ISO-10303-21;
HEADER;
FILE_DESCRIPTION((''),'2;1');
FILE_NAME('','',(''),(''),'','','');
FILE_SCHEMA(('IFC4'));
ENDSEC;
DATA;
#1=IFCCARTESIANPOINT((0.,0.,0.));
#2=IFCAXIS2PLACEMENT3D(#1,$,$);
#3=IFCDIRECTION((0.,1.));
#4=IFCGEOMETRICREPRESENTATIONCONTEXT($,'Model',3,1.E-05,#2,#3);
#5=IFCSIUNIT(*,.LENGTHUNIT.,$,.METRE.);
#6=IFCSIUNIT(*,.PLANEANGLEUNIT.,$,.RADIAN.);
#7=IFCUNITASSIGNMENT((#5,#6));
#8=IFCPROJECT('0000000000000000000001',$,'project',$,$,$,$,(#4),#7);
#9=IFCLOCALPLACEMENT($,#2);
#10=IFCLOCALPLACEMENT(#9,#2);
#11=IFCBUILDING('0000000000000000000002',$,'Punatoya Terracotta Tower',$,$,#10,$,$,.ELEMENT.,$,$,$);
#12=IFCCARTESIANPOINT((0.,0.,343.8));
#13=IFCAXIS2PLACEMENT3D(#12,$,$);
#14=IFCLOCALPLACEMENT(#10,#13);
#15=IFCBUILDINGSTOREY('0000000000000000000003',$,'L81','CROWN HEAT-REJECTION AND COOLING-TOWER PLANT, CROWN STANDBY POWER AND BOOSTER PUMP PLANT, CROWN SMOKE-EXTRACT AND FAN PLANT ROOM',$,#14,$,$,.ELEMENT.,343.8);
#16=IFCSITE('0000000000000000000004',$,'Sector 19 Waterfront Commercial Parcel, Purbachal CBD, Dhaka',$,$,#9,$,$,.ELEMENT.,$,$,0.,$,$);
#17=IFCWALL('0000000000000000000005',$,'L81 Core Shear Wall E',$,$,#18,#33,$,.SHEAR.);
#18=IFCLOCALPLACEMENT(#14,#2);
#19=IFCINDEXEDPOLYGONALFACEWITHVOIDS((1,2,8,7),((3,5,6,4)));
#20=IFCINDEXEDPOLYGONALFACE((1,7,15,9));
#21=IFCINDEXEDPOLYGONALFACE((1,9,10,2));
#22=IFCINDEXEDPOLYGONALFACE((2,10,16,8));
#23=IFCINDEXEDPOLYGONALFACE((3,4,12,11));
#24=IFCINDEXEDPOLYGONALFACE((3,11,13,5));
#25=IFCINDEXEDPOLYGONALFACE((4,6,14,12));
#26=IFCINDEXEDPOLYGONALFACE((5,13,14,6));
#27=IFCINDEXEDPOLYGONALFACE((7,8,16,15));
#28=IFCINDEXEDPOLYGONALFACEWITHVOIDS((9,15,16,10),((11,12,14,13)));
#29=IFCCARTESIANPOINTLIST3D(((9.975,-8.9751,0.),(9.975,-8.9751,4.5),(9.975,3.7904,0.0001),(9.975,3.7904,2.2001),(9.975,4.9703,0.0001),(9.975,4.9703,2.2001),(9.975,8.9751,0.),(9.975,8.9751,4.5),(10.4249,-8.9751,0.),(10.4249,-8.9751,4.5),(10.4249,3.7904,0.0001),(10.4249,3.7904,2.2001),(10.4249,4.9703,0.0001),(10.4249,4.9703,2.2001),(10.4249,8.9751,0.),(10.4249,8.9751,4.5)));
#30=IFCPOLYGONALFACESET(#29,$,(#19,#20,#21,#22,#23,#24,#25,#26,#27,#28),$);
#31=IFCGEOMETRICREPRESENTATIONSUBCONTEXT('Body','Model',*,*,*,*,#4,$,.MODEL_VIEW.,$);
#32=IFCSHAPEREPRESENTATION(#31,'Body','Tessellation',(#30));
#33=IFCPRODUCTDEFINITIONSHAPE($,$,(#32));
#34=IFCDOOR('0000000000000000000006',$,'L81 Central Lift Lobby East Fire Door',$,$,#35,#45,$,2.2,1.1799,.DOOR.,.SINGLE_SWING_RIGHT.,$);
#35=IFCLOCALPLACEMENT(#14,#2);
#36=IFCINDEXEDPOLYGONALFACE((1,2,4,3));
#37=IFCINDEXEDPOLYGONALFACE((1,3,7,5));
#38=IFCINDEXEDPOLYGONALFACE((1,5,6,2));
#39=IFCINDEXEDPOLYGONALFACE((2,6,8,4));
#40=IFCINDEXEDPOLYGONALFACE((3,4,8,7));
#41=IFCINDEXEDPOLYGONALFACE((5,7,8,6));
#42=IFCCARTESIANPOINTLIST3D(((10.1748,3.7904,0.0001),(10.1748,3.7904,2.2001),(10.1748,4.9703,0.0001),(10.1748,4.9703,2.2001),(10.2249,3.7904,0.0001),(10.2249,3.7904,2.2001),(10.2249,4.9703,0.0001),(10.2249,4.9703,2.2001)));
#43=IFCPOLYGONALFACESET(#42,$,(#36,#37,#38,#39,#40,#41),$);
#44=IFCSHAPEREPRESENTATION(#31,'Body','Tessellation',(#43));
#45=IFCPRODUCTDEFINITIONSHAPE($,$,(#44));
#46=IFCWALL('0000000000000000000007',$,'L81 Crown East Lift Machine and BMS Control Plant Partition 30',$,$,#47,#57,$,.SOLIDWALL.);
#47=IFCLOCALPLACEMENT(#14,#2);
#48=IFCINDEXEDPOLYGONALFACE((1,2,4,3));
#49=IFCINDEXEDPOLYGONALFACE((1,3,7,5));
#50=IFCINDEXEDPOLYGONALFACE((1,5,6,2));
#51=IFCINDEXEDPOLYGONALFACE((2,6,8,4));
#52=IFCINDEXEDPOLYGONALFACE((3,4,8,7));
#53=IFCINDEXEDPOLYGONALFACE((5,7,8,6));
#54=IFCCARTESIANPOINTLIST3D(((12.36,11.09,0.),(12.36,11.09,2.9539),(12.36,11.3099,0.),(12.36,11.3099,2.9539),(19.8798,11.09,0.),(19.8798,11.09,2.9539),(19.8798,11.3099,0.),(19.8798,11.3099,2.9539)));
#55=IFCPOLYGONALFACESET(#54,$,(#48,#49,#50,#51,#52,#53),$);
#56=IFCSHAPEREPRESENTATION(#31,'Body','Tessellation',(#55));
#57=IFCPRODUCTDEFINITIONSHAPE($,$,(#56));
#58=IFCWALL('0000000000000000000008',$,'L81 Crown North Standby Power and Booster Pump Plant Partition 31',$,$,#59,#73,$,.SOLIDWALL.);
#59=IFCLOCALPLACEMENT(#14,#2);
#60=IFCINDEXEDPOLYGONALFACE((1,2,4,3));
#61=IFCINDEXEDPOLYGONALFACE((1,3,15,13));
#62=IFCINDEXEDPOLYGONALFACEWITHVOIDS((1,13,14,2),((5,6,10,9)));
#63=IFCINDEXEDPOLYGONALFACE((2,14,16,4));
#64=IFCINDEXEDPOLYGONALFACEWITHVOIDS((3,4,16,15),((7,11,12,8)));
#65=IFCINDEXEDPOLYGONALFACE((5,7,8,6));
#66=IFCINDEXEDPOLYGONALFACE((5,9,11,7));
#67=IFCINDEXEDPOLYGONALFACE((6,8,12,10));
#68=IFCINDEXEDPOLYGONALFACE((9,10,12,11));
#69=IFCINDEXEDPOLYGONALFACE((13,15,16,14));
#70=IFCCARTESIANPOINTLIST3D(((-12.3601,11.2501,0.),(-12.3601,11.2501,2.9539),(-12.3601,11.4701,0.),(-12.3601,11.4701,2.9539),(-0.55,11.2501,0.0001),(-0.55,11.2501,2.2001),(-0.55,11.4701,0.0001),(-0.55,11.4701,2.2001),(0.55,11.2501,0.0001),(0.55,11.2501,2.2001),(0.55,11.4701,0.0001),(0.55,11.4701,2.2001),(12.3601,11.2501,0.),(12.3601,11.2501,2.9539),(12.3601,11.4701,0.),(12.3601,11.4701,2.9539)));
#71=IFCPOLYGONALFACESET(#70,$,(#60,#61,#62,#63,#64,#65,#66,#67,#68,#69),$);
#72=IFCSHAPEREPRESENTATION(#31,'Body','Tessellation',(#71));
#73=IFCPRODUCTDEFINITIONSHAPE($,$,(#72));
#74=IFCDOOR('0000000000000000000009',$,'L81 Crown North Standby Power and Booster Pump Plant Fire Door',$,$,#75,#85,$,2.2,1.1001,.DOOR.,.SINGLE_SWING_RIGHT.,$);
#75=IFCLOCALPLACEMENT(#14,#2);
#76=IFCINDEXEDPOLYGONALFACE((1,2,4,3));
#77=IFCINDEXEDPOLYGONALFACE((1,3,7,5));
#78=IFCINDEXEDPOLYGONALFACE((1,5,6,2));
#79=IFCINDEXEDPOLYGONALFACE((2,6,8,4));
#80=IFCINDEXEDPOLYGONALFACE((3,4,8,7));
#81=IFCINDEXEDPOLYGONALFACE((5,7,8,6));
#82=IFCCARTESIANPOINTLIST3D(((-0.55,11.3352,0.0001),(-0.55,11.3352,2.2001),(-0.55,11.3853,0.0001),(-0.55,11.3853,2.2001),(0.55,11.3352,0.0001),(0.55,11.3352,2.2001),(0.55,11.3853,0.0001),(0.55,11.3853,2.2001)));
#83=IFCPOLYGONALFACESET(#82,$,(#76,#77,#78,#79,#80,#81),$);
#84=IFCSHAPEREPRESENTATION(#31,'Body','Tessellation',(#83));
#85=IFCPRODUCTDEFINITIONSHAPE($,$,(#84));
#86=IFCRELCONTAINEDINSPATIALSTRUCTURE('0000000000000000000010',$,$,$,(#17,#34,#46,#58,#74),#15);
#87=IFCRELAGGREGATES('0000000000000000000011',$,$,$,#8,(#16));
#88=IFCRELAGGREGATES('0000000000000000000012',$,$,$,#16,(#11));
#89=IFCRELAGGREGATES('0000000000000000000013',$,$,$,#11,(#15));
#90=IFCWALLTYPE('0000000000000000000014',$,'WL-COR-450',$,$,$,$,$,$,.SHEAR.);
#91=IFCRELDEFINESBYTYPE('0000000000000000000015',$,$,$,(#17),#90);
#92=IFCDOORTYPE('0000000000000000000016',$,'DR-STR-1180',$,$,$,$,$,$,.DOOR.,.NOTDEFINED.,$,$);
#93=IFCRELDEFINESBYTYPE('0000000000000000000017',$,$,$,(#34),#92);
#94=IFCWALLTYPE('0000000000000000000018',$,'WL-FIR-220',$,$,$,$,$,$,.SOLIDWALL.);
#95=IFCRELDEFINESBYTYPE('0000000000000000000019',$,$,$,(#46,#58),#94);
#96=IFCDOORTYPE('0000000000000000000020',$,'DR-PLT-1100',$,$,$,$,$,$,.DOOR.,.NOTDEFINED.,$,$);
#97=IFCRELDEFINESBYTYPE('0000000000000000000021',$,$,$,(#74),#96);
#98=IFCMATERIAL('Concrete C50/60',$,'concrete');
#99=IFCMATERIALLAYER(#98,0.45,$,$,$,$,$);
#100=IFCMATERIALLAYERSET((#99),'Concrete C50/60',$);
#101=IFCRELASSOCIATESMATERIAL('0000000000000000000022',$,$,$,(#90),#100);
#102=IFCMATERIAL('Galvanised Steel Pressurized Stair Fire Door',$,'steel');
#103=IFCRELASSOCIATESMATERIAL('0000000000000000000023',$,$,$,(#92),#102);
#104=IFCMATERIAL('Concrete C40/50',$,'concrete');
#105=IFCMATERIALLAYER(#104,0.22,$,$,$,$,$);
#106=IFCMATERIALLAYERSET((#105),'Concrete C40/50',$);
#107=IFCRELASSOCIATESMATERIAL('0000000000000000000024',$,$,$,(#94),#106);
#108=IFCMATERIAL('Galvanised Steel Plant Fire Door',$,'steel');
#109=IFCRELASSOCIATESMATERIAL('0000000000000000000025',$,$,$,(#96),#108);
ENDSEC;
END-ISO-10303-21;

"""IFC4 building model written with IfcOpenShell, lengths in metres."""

from ifc_helpers import new_model, si_unit, direction, frame, frame_2d, origin, place, context, subcontext, project, spatial, rectangle, extrude, material, layer, layer_set, type_object, element, fill, save


model = new_model("IFC4")

# Units and contexts
model_context = context("Model", 3, precision=1e-05, world=origin(), true_north=direction((0.0, 1.0)))
body_context = subcontext(model_context, "Body", "Model", "MODEL_VIEW")
ifc_project = project(units=[si_unit("LENGTHUNIT", "METRE"), si_unit("PLANEANGLEUNIT", "RADIAN")], contexts=[model_context])

# Site, building, storey
site_placement = place(None, origin())
site = spatial("IfcSite", under=ifc_project, at=site_placement, Name="Sector 19 Waterfront Commercial Parcel, Purbachal CBD, Dhaka", CompositionType="ELEMENT", RefElevation=0.0)
building_placement = place(site_placement, origin())
building = spatial("IfcBuilding", under=site, at=building_placement, Name="Punatoya Terracotta Tower", CompositionType="ELEMENT")
storey_placement = place(building_placement, frame((0.0, 0.0, 343.8)))
storey = spatial("IfcBuildingStorey", under=building, at=storey_placement, Name="L81", Description="CROWN HEAT-REJECTION AND COOLING-TOWER PLANT, CROWN STANDBY POWER AND BOOSTER PUMP PLANT, CROWN SMOKE-EXTRACT AND FAN PLANT ROOM", CompositionType="ELEMENT", Elevation=343.8)

# Wall, opening, door
ifc_material_1 = material(Name="Concrete C50/60", Category="concrete")
ifc_layer_1 = layer(ifc_material_1, 0.45)
ifc_layer_set_1 = layer_set([ifc_layer_1], Name="Concrete C50/60")
wall_type_1 = type_object("IfcWallType", Name="WL-COR-450", PredefinedType="SHEAR", material=ifc_layer_set_1)
wall_1_placement = place(storey_placement, frame((10.2, 8.9751, 0.0), z_axis=(0.0, 0.0, 1.0), x_axis=(0.0, -1.0, 0.0)))
wall_1 = element("IfcWall", 1, at=wall_1_placement, inside=storey, type_object=wall_type_1, Name="L81 Core Shear Wall E", PredefinedType="SHEAR", context=body_context, shape_type="SweptSolid", body=[
    extrude(rectangle(XDim=17.9502, YDim=0.45, at=frame_2d((8.9751, 0.0))), origin(), (0.0, 0.0, 1.0), 4.5),
])
opening_1_placement = place(wall_1_placement, frame((4.0049, 0.0, 0.0)))
opening_1 = element("IfcOpeningElement", 2, at=opening_1_placement, cuts=wall_1, PredefinedType="OPENING", context=body_context, shape_type="SweptSolid", body=[
    extrude(rectangle(XDim=1.1799, YDim=2.2, at=frame_2d((0.5898, 1.1001))), frame((0.0, 0.2349, 0.0), z_axis=(0.0, -1.0, 0.0), x_axis=(1.0, 0.0, 0.0)), (0.0, 0.0, 1.0), 0.47),
])
ifc_material_2 = material(Name="Galvanised Steel Pressurized Stair Fire Door", Category="steel")
door_type_1 = type_object("IfcDoorType", Name="DR-STR-1180", OperationType="NOTDEFINED", PredefinedType="DOOR", material=ifc_material_2)
door_1_placement = place(opening_1_placement, origin())
door_1 = element("IfcDoor", 3, at=door_1_placement, inside=storey, type_object=door_type_1, Name="L81 Central Lift Lobby East Fire Door", OperationType="SINGLE_SWING_RIGHT", OverallHeight=2.2, OverallWidth=1.1799, PredefinedType="DOOR", context=body_context, shape_type="SweptSolid", body=[
    extrude(rectangle(XDim=1.1799, YDim=2.2, at=frame_2d((0.5898, 1.1001))), frame((0.0, 0.0249, 0.0), z_axis=(0.0, -1.0, 0.0), x_axis=(1.0, 0.0, 0.0)), (0.0, 0.0, 1.0), 0.05),
])
fill(opening_1, door_1)

# Wall
ifc_material_3 = material(Name="Concrete C40/50", Category="concrete")
ifc_layer_2 = layer(ifc_material_3, 0.22)
ifc_layer_set_2 = layer_set([ifc_layer_2], Name="Concrete C40/50")
wall_type_2 = type_object("IfcWallType", Name="WL-FIR-220", PredefinedType="SOLIDWALL", material=ifc_layer_set_2)
wall_2_placement = place(storey_placement, frame((12.3601, 11.2, 0.0), z_axis=(0.0, 0.0, 1.0), x_axis=(1.0, 0.0, 0.0)))
element("IfcWall", 4, at=wall_2_placement, inside=storey, type_object=wall_type_2, Name="L81 Crown East Lift Machine and BMS Control Plant Partition 30", PredefinedType="SOLIDWALL", context=body_context, shape_type="SweptSolid", body=[
    extrude(rectangle(XDim=7.5198, YDim=0.22, at=frame_2d((3.7598, 0.0))), origin(), (0.0, 0.0, 1.0), 2.9539),
])

# Wall, opening, door
wall_3_placement = place(storey_placement, frame((12.3601, 11.3601, 0.0), z_axis=(0.0, 0.0, 1.0), x_axis=(-1.0, 0.0, 0.0)))
wall_3 = element("IfcWall", 5, at=wall_3_placement, inside=storey, type_object=wall_type_2, Name="L81 Crown North Standby Power and Booster Pump Plant Partition 31", PredefinedType="SOLIDWALL", context=body_context, shape_type="SweptSolid", body=[
    extrude(rectangle(XDim=24.7202, YDim=0.22, at=frame_2d((12.3601, 0.0))), origin(), (0.0, 0.0, 1.0), 2.9539),
])
opening_2_placement = place(wall_3_placement, frame((11.8101, 0.0, 0.0)))
opening_2 = element("IfcOpeningElement", 6, at=opening_2_placement, cuts=wall_3, PredefinedType="OPENING", context=body_context, shape_type="SweptSolid", body=[
    extrude(rectangle(XDim=1.1001, YDim=2.2, at=frame_2d((0.55, 1.1001))), frame((0.0, 0.1199, 0.0), z_axis=(0.0, -1.0, 0.0), x_axis=(1.0, 0.0, 0.0)), (0.0, 0.0, 1.0), 0.24),
])
ifc_material_4 = material(Name="Galvanised Steel Plant Fire Door", Category="steel")
door_type_2 = type_object("IfcDoorType", Name="DR-PLT-1100", OperationType="NOTDEFINED", PredefinedType="DOOR", material=ifc_material_4)
door_2_placement = place(opening_2_placement, origin())
door_2 = element("IfcDoor", 7, at=door_2_placement, inside=storey, type_object=door_type_2, Name="L81 Crown North Standby Power and Booster Pump Plant Fire Door", OperationType="SINGLE_SWING_RIGHT", OverallHeight=2.2, OverallWidth=1.1001, PredefinedType="DOOR", context=body_context, shape_type="SweptSolid", body=[
    extrude(rectangle(XDim=1.1001, YDim=2.2, at=frame_2d((0.55, 1.1001))), frame((0.0, 0.0249, 0.0), z_axis=(0.0, -1.0, 0.0), x_axis=(1.0, 0.0, 0.0)), (0.0, 0.0, 1.0), 0.05),
])
fill(opening_2, door_2)

save(model, "model.ifc")
